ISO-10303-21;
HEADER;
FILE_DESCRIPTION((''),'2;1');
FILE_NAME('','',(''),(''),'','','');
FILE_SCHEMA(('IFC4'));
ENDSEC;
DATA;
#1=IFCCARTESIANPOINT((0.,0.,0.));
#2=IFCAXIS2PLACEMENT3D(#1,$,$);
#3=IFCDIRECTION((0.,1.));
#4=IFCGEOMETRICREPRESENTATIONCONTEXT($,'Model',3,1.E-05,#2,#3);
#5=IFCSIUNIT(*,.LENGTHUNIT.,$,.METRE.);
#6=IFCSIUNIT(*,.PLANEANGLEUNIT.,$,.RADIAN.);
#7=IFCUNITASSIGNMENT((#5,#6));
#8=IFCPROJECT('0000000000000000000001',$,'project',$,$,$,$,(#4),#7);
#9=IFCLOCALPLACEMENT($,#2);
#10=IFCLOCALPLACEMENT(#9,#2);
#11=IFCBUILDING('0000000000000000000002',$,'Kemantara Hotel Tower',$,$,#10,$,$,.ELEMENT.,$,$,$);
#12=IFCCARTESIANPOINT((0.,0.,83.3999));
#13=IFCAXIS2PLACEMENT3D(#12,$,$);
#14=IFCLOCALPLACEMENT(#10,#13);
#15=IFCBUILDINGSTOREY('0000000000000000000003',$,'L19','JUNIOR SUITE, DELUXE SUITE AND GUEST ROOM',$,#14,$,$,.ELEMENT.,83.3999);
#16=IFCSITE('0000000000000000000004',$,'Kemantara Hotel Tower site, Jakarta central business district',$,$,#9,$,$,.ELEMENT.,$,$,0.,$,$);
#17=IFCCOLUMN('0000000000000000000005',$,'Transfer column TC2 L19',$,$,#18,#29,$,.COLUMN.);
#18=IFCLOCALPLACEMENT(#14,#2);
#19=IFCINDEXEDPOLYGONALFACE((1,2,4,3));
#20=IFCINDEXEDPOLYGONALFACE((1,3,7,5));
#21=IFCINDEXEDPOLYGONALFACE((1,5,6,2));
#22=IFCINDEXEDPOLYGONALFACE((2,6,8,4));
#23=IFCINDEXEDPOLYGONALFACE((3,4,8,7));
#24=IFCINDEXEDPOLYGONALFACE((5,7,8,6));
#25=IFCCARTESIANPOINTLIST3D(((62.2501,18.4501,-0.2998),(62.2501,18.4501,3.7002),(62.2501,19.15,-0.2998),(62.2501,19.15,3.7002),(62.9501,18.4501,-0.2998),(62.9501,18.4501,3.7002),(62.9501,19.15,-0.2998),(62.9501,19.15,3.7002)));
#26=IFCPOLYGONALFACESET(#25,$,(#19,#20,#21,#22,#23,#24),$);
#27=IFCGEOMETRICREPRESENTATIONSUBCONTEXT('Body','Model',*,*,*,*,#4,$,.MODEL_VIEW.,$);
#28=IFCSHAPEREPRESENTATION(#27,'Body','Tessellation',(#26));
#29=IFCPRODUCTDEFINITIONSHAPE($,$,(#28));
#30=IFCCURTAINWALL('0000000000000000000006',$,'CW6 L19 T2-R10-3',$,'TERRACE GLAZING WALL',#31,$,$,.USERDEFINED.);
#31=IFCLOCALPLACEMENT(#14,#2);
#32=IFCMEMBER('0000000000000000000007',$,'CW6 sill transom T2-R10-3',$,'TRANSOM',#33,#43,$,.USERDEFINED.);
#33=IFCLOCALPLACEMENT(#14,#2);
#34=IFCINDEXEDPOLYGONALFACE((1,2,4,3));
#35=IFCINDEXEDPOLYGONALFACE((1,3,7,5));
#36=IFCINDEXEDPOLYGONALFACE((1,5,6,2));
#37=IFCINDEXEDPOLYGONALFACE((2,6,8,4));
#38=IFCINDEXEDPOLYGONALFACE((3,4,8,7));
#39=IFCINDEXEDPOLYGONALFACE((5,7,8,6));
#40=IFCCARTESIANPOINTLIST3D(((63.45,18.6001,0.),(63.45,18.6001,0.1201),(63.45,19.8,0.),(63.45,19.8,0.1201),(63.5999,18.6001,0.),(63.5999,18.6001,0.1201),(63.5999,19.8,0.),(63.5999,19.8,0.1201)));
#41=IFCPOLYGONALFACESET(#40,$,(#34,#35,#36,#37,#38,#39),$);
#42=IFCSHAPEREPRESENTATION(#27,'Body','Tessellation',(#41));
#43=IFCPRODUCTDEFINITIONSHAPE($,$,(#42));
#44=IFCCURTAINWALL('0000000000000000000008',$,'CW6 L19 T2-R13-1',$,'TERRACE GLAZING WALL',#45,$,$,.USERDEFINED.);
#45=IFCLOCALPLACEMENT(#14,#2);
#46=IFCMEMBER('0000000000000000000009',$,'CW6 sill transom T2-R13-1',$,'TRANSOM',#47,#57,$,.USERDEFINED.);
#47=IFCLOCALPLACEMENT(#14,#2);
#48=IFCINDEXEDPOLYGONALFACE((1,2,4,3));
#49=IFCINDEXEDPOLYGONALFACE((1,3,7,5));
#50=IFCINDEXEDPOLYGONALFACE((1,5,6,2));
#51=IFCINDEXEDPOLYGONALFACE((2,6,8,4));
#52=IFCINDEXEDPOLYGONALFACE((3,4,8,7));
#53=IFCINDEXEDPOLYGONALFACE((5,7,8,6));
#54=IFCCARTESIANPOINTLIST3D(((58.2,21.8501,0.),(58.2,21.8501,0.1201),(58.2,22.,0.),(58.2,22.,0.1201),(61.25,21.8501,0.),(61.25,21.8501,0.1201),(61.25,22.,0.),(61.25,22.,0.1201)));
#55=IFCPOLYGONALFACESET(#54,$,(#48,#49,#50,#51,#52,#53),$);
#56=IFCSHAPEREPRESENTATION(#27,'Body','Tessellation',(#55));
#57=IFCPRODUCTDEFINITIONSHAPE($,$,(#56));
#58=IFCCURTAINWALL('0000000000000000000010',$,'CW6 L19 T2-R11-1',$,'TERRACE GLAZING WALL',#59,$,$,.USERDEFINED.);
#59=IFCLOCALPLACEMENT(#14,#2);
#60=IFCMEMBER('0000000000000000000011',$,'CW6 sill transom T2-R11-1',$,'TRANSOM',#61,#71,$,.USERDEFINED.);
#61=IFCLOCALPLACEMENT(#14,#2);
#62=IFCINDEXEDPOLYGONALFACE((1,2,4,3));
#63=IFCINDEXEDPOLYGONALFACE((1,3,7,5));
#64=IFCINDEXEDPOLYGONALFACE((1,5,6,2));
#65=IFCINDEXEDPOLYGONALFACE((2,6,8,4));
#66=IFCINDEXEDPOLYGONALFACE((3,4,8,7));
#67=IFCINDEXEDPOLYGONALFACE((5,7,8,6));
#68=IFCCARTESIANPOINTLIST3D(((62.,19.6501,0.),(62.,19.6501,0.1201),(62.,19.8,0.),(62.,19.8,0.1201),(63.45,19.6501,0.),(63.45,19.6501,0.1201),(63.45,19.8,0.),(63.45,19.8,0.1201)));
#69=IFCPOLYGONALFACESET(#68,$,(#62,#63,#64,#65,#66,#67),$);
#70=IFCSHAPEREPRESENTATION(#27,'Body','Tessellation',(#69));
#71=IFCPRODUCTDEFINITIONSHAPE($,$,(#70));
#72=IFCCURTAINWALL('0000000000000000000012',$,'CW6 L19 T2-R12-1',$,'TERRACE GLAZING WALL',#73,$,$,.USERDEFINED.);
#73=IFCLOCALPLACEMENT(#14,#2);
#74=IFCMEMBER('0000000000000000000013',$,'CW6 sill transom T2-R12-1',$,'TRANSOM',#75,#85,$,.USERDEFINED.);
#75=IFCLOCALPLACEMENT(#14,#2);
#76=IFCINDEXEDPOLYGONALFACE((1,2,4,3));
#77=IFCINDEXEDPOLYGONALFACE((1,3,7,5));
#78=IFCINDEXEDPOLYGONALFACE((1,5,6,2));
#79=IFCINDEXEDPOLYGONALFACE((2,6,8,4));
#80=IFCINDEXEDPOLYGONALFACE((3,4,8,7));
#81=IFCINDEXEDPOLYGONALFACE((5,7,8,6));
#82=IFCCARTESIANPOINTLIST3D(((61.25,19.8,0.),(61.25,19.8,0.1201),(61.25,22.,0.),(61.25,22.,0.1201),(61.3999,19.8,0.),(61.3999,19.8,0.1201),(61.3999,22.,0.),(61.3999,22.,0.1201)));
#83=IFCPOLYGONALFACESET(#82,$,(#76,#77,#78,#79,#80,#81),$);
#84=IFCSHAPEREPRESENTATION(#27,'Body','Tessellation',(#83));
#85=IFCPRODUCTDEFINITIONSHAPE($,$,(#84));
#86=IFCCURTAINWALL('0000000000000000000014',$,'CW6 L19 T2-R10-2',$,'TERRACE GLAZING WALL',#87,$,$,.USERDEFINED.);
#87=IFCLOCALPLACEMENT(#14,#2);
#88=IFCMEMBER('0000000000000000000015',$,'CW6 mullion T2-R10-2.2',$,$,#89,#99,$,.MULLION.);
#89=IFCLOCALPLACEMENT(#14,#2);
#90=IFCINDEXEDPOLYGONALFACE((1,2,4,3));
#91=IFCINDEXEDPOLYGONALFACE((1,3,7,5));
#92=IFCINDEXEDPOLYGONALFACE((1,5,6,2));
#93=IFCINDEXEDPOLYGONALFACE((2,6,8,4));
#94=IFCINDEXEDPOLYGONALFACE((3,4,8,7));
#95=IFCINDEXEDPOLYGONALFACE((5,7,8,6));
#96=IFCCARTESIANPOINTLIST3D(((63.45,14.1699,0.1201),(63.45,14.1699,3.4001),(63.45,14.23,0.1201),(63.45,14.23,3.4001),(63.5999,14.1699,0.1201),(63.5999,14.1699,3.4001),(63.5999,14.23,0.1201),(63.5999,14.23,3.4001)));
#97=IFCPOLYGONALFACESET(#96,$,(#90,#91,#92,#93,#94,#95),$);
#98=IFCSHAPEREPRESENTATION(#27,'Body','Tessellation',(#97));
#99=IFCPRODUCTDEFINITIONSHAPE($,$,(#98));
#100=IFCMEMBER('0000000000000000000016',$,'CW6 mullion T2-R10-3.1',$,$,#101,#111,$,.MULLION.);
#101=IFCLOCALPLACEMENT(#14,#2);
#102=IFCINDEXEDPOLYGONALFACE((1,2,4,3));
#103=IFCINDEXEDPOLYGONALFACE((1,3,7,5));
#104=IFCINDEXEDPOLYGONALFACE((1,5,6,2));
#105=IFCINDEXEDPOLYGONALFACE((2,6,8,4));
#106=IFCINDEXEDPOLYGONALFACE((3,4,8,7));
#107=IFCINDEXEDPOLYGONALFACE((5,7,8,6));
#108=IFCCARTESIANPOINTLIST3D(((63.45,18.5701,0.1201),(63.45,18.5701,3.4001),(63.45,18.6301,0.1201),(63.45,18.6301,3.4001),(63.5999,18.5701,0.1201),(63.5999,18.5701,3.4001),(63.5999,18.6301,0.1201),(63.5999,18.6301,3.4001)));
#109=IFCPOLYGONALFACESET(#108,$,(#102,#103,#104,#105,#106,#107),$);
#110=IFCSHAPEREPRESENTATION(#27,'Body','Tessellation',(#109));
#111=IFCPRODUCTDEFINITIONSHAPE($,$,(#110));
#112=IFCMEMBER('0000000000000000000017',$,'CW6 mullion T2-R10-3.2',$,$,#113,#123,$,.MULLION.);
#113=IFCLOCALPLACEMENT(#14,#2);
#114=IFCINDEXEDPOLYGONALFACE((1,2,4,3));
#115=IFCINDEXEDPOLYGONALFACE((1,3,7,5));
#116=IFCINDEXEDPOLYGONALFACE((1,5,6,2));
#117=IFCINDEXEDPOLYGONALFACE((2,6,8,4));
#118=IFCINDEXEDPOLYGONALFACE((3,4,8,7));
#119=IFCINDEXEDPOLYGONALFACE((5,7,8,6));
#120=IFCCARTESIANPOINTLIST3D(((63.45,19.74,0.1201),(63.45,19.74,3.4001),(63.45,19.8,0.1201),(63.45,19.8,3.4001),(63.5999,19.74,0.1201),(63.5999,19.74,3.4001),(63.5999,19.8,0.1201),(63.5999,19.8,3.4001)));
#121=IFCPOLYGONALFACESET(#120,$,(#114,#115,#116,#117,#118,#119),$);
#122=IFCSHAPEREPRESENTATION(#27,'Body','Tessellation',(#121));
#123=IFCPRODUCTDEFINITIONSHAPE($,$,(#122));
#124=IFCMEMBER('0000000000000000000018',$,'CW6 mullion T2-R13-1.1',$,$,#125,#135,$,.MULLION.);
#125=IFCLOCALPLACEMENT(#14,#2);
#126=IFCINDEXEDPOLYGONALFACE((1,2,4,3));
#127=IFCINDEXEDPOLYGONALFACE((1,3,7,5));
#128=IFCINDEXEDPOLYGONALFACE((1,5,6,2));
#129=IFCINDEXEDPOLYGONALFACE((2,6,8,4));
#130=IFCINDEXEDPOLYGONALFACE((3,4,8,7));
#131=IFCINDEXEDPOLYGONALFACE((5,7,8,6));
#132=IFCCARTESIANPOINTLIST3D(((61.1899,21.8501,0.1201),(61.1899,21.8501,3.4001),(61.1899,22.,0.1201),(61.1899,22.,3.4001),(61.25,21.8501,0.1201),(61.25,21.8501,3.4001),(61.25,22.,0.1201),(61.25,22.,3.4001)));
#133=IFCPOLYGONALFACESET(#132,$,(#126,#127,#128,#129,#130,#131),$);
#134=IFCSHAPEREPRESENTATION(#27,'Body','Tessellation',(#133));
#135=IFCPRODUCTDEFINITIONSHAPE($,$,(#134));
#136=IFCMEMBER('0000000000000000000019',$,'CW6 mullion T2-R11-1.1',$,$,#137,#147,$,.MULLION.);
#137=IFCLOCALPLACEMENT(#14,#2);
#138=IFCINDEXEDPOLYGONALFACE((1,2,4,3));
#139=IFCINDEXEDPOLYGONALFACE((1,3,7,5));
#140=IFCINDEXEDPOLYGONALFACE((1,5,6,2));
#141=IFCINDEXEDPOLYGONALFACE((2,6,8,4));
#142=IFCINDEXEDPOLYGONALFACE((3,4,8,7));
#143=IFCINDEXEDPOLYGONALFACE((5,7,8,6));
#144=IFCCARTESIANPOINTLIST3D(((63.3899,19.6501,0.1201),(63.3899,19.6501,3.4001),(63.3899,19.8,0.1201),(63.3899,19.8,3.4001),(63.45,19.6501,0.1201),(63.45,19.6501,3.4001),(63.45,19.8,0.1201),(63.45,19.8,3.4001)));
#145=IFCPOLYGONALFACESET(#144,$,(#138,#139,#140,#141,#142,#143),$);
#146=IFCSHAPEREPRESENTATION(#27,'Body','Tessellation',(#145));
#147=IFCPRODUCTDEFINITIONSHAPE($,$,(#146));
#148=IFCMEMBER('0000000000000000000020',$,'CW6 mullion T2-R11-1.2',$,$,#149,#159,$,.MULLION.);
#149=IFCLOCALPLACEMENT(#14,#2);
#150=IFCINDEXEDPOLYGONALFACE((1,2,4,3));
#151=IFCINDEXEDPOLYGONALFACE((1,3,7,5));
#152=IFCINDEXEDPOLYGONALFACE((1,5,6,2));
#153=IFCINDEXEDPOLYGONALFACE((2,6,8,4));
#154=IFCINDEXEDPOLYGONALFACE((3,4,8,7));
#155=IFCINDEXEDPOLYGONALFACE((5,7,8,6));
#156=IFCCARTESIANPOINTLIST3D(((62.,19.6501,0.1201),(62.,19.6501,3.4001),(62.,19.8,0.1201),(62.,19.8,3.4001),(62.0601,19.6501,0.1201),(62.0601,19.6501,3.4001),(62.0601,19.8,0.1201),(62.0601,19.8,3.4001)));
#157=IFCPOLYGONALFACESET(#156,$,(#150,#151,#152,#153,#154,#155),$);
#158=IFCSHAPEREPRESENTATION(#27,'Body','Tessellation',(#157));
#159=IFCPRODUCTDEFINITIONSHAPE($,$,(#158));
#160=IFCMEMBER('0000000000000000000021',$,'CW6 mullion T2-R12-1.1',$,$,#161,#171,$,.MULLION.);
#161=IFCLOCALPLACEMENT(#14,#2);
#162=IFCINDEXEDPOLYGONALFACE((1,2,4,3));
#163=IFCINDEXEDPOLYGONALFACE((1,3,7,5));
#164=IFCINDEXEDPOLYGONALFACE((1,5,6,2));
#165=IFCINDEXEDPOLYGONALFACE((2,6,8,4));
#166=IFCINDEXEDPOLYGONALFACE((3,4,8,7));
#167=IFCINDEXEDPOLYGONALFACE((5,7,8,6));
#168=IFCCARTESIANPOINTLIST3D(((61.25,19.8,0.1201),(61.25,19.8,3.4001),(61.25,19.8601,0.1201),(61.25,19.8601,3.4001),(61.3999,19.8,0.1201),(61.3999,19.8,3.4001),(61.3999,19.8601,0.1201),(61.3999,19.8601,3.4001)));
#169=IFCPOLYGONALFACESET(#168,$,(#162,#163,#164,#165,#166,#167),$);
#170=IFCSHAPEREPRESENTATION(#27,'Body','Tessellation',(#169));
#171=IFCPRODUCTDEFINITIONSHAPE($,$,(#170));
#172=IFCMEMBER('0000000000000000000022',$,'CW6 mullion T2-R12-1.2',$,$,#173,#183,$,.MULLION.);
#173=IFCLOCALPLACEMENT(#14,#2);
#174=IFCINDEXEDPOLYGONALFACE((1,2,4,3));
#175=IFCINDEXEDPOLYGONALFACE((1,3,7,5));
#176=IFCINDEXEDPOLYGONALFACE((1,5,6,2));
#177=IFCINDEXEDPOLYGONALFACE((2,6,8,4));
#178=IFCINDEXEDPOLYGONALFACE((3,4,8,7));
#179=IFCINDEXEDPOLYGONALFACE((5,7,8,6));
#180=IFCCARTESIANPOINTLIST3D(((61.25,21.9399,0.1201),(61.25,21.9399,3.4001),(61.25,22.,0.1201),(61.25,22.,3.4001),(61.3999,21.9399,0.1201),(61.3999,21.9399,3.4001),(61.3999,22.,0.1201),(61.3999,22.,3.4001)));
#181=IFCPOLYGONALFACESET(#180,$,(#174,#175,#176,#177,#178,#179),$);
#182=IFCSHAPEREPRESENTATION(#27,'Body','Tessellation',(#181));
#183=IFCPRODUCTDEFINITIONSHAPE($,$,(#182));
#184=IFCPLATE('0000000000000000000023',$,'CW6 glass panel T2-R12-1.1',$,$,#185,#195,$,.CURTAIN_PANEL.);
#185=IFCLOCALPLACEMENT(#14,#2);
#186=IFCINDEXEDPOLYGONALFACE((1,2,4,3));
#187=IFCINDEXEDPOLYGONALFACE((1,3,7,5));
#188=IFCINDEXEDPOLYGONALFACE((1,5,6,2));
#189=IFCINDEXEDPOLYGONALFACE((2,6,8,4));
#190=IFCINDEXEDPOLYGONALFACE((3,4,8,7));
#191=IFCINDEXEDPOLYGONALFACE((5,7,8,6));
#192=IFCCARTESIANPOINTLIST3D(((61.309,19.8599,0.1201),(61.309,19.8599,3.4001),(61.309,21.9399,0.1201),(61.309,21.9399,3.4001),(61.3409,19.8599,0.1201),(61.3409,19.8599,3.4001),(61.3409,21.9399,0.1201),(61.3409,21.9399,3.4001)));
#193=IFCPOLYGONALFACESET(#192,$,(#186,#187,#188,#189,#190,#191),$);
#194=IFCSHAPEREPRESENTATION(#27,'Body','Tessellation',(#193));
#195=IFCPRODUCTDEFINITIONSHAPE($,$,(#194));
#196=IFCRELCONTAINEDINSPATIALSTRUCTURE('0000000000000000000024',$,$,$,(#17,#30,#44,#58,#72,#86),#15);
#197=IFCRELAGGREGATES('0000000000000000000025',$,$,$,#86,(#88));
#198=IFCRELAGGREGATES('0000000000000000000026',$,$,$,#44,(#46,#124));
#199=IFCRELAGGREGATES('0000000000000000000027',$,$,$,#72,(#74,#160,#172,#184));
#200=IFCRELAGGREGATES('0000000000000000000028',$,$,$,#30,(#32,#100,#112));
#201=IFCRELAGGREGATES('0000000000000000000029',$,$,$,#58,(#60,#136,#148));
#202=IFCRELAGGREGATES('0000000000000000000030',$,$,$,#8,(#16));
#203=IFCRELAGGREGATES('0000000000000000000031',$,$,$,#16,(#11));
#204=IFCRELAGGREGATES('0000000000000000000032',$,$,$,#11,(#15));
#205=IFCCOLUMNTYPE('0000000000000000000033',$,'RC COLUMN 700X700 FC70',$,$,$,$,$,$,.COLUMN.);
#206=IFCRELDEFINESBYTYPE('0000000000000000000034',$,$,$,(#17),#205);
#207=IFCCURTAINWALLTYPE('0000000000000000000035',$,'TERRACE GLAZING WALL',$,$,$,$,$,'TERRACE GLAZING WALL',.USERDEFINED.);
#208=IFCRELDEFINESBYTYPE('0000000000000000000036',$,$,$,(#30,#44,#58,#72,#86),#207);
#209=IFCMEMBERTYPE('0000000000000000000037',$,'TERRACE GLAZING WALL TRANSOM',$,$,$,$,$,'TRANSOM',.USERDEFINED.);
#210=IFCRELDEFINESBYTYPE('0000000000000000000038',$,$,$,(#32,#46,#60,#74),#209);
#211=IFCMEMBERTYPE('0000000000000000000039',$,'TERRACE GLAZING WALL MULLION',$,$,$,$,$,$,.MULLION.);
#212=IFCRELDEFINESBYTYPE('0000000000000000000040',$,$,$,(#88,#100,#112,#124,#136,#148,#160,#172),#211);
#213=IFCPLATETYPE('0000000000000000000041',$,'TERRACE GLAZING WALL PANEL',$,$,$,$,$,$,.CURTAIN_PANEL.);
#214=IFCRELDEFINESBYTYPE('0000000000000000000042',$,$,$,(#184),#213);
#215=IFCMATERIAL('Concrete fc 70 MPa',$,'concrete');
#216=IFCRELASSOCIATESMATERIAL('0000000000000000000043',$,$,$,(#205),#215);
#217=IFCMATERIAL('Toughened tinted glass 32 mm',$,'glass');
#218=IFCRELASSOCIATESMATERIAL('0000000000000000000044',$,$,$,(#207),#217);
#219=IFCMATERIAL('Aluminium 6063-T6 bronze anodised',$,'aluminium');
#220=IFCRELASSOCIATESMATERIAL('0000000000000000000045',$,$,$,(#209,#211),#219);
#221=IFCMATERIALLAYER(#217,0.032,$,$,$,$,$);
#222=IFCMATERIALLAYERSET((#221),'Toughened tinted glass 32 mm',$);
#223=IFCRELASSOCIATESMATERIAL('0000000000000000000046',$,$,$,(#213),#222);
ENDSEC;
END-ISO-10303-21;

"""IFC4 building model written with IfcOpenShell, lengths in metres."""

from ifc_helpers import new_model, si_unit, direction, frame, origin, origin_2d, place, context, subcontext, project, spatial, rectangle, extrude, source, transform, mapped, material, layer, layer_set, material_profile, profile_set, type_object, element, aggregate, save


model = new_model("IFC4")

# Units and contexts
model_context = context("Model", 3, precision=1e-05, world=origin(), true_north=direction((0.0, 1.0)))
body_context = subcontext(model_context, "Body", "Model", "MODEL_VIEW")
ifc_project = project(units=[si_unit("LENGTHUNIT", "METRE"), si_unit("PLANEANGLEUNIT", "RADIAN")], contexts=[model_context])

# Site, building, storey
site_placement = place(None, origin())
site = spatial("IfcSite", under=ifc_project, at=site_placement, Name="Kemantara Hotel Tower site, Jakarta central business district", CompositionType="ELEMENT", RefElevation=0.0)
building_placement = place(site_placement, origin())
building = spatial("IfcBuilding", under=site, at=building_placement, Name="Kemantara Hotel Tower", CompositionType="ELEMENT")
storey_placement = place(building_placement, frame((0.0, 0.0, 83.3999)))
storey = spatial("IfcBuildingStorey", under=building, at=storey_placement, Name="L19", Description="JUNIOR SUITE, DELUXE SUITE AND GUEST ROOM", CompositionType="ELEMENT", Elevation=83.3999)

# Column
ifc_material_1 = material(Name="Concrete fc 70 MPa", Category="concrete")
ifc_material_profile_1 = material_profile(ifc_material_1, rectangle(XDim=0.7, YDim=0.7, at=origin_2d()), Name="RC 700X700")
ifc_profile_set_1 = profile_set([ifc_material_profile_1], Name="Concrete fc 70 MPa")
column_type = type_object("IfcColumnType", Name="RC COLUMN 700X700 FC70", PredefinedType="COLUMN", material=ifc_profile_set_1)
column_placement = place(storey_placement, frame((62.6001, 18.8, -0.2998), z_axis=(0.0, 0.0, 1.0), x_axis=(1.0, 0.0, 0.0)))
element("IfcColumn", 1, at=column_placement, inside=storey, type_object=column_type, Name="Transfer column TC2 L19", PredefinedType="COLUMN", context=body_context, shape_type="SweptSolid", body=[
    extrude(rectangle(XDim=0.7, YDim=0.7, at=origin_2d()), origin(), (0.0, 0.0, 1.0), 4.0),
])

# Curtain walls, members
ifc_material_2 = material(Name="Toughened tinted glass 32 mm", Category="glass")
curtain_wall_type = type_object("IfcCurtainWallType", Name="TERRACE GLAZING WALL", ElementType="TERRACE GLAZING WALL", PredefinedType="USERDEFINED", material=ifc_material_2)
curtain_wall_1_placement = place(storey_placement, origin())
curtain_wall_1 = element("IfcCurtainWall", 2, at=curtain_wall_1_placement, inside=storey, type_object=curtain_wall_type, Name="CW6 L19 T2-R10-3", ObjectType="TERRACE GLAZING WALL", PredefinedType="USERDEFINED")
ifc_material_3 = material(Name="Aluminium 6063-T6 bronze anodised", Category="aluminium")
ifc_material_profile_2 = material_profile(ifc_material_3, rectangle(XDim=0.1499, YDim=0.1201, at=origin_2d()), Name="TERRACE GLAZING WALL TRANSOM")
ifc_profile_set_2 = profile_set([ifc_material_profile_2], Name="Aluminium 6063-T6 bronze anodised")
member_type_1 = type_object("IfcMemberType", Name="TERRACE GLAZING WALL TRANSOM", ElementType="TRANSOM", PredefinedType="USERDEFINED", material=ifc_profile_set_2)
member_1_placement = place(storey_placement, frame((63.5249, 18.6001, 0.0601), z_axis=(0.0, 1.0, 0.0), x_axis=(-1.0, 0.0, 0.0)))
member_1 = element("IfcMember", 3, at=member_1_placement, type_object=member_type_1, Name="CW6 sill transom T2-R10-3", ObjectType="TRANSOM", PredefinedType="USERDEFINED", context=body_context, shape_type="SweptSolid", body=[
    extrude(rectangle(XDim=0.1499, YDim=0.1201, at=origin_2d()), origin(), (0.0, 0.0, 1.0), 1.2),
])
curtain_wall_2_placement = place(storey_placement, origin())
curtain_wall_2 = element("IfcCurtainWall", 4, at=curtain_wall_2_placement, inside=storey, type_object=curtain_wall_type, Name="CW6 L19 T2-R13-1", ObjectType="TERRACE GLAZING WALL", PredefinedType="USERDEFINED")
member_2_placement = place(storey_placement, frame((61.25, 21.925, 0.0601), z_axis=(-1.0, 0.0, 0.0), x_axis=(0.0, -1.0, 0.0)))
member_2 = element("IfcMember", 5, at=member_2_placement, type_object=member_type_1, Name="CW6 sill transom T2-R13-1", ObjectType="TRANSOM", PredefinedType="USERDEFINED", context=body_context, shape_type="SweptSolid", body=[
    extrude(rectangle(XDim=0.1499, YDim=0.1201, at=origin_2d()), origin(), (0.0, 0.0, 1.0), 3.05),
])
curtain_wall_3_placement = place(storey_placement, origin())
curtain_wall_3 = element("IfcCurtainWall", 6, at=curtain_wall_3_placement, inside=storey, type_object=curtain_wall_type, Name="CW6 L19 T2-R11-1", ObjectType="TERRACE GLAZING WALL", PredefinedType="USERDEFINED")
member_3_placement = place(storey_placement, frame((63.45, 19.7251, 0.0601), z_axis=(-1.0, 0.0, 0.0), x_axis=(0.0, -1.0, 0.0)))
member_3 = element("IfcMember", 7, at=member_3_placement, type_object=member_type_1, Name="CW6 sill transom T2-R11-1", ObjectType="TRANSOM", PredefinedType="USERDEFINED", context=body_context, shape_type="SweptSolid", body=[
    extrude(rectangle(XDim=0.1499, YDim=0.1201, at=origin_2d()), origin(), (0.0, 0.0, 1.0), 1.45),
])
curtain_wall_4_placement = place(storey_placement, origin())
curtain_wall_4 = element("IfcCurtainWall", 8, at=curtain_wall_4_placement, inside=storey, type_object=curtain_wall_type, Name="CW6 L19 T2-R12-1", ObjectType="TERRACE GLAZING WALL", PredefinedType="USERDEFINED")
member_4_placement = place(storey_placement, frame((61.325, 19.8, 0.0601), z_axis=(0.0, 1.0, 0.0), x_axis=(-1.0, 0.0, 0.0)))
member_4 = element("IfcMember", 9, at=member_4_placement, type_object=member_type_1, Name="CW6 sill transom T2-R12-1", ObjectType="TRANSOM", PredefinedType="USERDEFINED", context=body_context, shape_type="SweptSolid", body=[
    extrude(rectangle(XDim=0.1499, YDim=0.1201, at=origin_2d()), origin(), (0.0, 0.0, 1.0), 2.2),
])
curtain_wall_5_placement = place(storey_placement, origin())
curtain_wall_5 = element("IfcCurtainWall", 10, at=curtain_wall_5_placement, inside=storey, type_object=curtain_wall_type, Name="CW6 L19 T2-R10-2", ObjectType="TERRACE GLAZING WALL", PredefinedType="USERDEFINED")
ifc_material_profile_3 = material_profile(ifc_material_3, rectangle(XDim=0.1499, YDim=0.0601, at=origin_2d()), Name="TERRACE GLAZING WALL MULLION")
ifc_profile_set_3 = profile_set([ifc_material_profile_3], Name="Aluminium 6063-T6 bronze anodised")
member_type_2 = type_object("IfcMemberType", Name="TERRACE GLAZING WALL MULLION", PredefinedType="MULLION", material=ifc_profile_set_3)
shared_shape_1 = source(origin(), body_context, "Body", "SweptSolid", [
    extrude(rectangle(XDim=0.1499, YDim=0.0601, at=origin_2d()), origin(), (0.0, 0.0, 1.0), 3.28),
])
member_5_placement = place(storey_placement, frame((63.5249, 14.2, 0.1201), z_axis=(0.0, 0.0, 1.0), x_axis=(-1.0, 0.0, 0.0)))
member_5 = element("IfcMember", 11, at=member_5_placement, type_object=member_type_2, Name="CW6 mullion T2-R10-2.2", PredefinedType="MULLION", context=body_context, shape_type="MappedRepresentation", body=[
    mapped(shared_shape_1, transform((0.0, 0.0, 0.0))),
])
aggregate(curtain_wall_5, [member_5])

# Members
member_6_placement = place(storey_placement, frame((63.5249, 18.6001, 0.1201), z_axis=(0.0, 0.0, 1.0), x_axis=(-1.0, 0.0, 0.0)))
member_6 = element("IfcMember", 12, at=member_6_placement, type_object=member_type_2, Name="CW6 mullion T2-R10-3.1", PredefinedType="MULLION", context=body_context, shape_type="MappedRepresentation", body=[
    mapped(shared_shape_1, transform((0.0, 0.0, 0.0))),
])
member_7_placement = place(storey_placement, frame((63.5249, 19.77, 0.1201), z_axis=(0.0, 0.0, 1.0), x_axis=(-1.0, 0.0, 0.0)))
member_7 = element("IfcMember", 13, at=member_7_placement, type_object=member_type_2, Name="CW6 mullion T2-R10-3.2", PredefinedType="MULLION", context=body_context, shape_type="MappedRepresentation", body=[
    mapped(shared_shape_1, transform((0.0, 0.0, 0.0))),
])
member_8_placement = place(storey_placement, frame((61.22, 21.925, 0.1201), z_axis=(0.0, 0.0, 1.0), x_axis=(0.0, -1.0, 0.0)))
member_8 = element("IfcMember", 14, at=member_8_placement, type_object=member_type_2, Name="CW6 mullion T2-R13-1.1", PredefinedType="MULLION", context=body_context, shape_type="MappedRepresentation", body=[
    mapped(shared_shape_1, transform((0.0, 0.0, 0.0))),
])
aggregate(curtain_wall_2, [member_2, member_8])
member_9_placement = place(storey_placement, frame((63.4199, 19.7251, 0.1201), z_axis=(0.0, 0.0, 1.0), x_axis=(0.0, -1.0, 0.0)))
member_9 = element("IfcMember", 15, at=member_9_placement, type_object=member_type_2, Name="CW6 mullion T2-R11-1.1", PredefinedType="MULLION", context=body_context, shape_type="MappedRepresentation", body=[
    mapped(shared_shape_1, transform((0.0, 0.0, 0.0))),
])
member_10_placement = place(storey_placement, frame((62.03, 19.7251, 0.1201), z_axis=(0.0, 0.0, 1.0), x_axis=(0.0, -1.0, 0.0)))
member_10 = element("IfcMember", 16, at=member_10_placement, type_object=member_type_2, Name="CW6 mullion T2-R11-1.2", PredefinedType="MULLION", context=body_context, shape_type="MappedRepresentation", body=[
    mapped(shared_shape_1, transform((0.0, 0.0, 0.0))),
])
member_11_placement = place(storey_placement, frame((61.325, 19.8301, 0.1201), z_axis=(0.0, 0.0, 1.0), x_axis=(-1.0, 0.0, 0.0)))
member_11 = element("IfcMember", 17, at=member_11_placement, type_object=member_type_2, Name="CW6 mullion T2-R12-1.1", PredefinedType="MULLION", context=body_context, shape_type="MappedRepresentation", body=[
    mapped(shared_shape_1, transform((0.0, 0.0, 0.0))),
])
member_12_placement = place(storey_placement, frame((61.325, 21.97, 0.1201), z_axis=(0.0, 0.0, 1.0), x_axis=(-1.0, 0.0, 0.0)))
member_12 = element("IfcMember", 18, at=member_12_placement, type_object=member_type_2, Name="CW6 mullion T2-R12-1.2", PredefinedType="MULLION", context=body_context, shape_type="MappedRepresentation", body=[
    mapped(shared_shape_1, transform((0.0, 0.0, 0.0))),
])

# Plate
ifc_layer_1 = layer(ifc_material_2, 0.032)
ifc_layer_set_1 = layer_set([ifc_layer_1], Name="Toughened tinted glass 32 mm")
plate_type = type_object("IfcPlateType", Name="TERRACE GLAZING WALL PANEL", PredefinedType="CURTAIN_PANEL", material=ifc_layer_set_1)
shared_shape_2 = source(origin(), body_context, "Body", "SweptSolid", [
    extrude(rectangle(XDim=2.0801, YDim=0.032, at=origin_2d()), origin(), (0.0, 0.0, 1.0), 3.28),
])
plate_1_placement = place(storey_placement, frame((61.325, 20.8999, 0.1201), z_axis=(0.0, 0.0, 1.0), x_axis=(0.0, 1.0, 0.0)))
plate_1 = element("IfcPlate", 19, at=plate_1_placement, type_object=plate_type, Name="CW6 glass panel T2-R12-1.1", PredefinedType="CURTAIN_PANEL", context=body_context, shape_type="MappedRepresentation", body=[
    mapped(shared_shape_2, transform((0.0, 0.0, 0.0))),
])
aggregate(curtain_wall_4, [member_4, member_11, member_12, plate_1])
aggregate(curtain_wall_1, [member_1, member_6, member_7])
aggregate(curtain_wall_3, [member_3, member_9, member_10])

save(model, "model.ifc")
